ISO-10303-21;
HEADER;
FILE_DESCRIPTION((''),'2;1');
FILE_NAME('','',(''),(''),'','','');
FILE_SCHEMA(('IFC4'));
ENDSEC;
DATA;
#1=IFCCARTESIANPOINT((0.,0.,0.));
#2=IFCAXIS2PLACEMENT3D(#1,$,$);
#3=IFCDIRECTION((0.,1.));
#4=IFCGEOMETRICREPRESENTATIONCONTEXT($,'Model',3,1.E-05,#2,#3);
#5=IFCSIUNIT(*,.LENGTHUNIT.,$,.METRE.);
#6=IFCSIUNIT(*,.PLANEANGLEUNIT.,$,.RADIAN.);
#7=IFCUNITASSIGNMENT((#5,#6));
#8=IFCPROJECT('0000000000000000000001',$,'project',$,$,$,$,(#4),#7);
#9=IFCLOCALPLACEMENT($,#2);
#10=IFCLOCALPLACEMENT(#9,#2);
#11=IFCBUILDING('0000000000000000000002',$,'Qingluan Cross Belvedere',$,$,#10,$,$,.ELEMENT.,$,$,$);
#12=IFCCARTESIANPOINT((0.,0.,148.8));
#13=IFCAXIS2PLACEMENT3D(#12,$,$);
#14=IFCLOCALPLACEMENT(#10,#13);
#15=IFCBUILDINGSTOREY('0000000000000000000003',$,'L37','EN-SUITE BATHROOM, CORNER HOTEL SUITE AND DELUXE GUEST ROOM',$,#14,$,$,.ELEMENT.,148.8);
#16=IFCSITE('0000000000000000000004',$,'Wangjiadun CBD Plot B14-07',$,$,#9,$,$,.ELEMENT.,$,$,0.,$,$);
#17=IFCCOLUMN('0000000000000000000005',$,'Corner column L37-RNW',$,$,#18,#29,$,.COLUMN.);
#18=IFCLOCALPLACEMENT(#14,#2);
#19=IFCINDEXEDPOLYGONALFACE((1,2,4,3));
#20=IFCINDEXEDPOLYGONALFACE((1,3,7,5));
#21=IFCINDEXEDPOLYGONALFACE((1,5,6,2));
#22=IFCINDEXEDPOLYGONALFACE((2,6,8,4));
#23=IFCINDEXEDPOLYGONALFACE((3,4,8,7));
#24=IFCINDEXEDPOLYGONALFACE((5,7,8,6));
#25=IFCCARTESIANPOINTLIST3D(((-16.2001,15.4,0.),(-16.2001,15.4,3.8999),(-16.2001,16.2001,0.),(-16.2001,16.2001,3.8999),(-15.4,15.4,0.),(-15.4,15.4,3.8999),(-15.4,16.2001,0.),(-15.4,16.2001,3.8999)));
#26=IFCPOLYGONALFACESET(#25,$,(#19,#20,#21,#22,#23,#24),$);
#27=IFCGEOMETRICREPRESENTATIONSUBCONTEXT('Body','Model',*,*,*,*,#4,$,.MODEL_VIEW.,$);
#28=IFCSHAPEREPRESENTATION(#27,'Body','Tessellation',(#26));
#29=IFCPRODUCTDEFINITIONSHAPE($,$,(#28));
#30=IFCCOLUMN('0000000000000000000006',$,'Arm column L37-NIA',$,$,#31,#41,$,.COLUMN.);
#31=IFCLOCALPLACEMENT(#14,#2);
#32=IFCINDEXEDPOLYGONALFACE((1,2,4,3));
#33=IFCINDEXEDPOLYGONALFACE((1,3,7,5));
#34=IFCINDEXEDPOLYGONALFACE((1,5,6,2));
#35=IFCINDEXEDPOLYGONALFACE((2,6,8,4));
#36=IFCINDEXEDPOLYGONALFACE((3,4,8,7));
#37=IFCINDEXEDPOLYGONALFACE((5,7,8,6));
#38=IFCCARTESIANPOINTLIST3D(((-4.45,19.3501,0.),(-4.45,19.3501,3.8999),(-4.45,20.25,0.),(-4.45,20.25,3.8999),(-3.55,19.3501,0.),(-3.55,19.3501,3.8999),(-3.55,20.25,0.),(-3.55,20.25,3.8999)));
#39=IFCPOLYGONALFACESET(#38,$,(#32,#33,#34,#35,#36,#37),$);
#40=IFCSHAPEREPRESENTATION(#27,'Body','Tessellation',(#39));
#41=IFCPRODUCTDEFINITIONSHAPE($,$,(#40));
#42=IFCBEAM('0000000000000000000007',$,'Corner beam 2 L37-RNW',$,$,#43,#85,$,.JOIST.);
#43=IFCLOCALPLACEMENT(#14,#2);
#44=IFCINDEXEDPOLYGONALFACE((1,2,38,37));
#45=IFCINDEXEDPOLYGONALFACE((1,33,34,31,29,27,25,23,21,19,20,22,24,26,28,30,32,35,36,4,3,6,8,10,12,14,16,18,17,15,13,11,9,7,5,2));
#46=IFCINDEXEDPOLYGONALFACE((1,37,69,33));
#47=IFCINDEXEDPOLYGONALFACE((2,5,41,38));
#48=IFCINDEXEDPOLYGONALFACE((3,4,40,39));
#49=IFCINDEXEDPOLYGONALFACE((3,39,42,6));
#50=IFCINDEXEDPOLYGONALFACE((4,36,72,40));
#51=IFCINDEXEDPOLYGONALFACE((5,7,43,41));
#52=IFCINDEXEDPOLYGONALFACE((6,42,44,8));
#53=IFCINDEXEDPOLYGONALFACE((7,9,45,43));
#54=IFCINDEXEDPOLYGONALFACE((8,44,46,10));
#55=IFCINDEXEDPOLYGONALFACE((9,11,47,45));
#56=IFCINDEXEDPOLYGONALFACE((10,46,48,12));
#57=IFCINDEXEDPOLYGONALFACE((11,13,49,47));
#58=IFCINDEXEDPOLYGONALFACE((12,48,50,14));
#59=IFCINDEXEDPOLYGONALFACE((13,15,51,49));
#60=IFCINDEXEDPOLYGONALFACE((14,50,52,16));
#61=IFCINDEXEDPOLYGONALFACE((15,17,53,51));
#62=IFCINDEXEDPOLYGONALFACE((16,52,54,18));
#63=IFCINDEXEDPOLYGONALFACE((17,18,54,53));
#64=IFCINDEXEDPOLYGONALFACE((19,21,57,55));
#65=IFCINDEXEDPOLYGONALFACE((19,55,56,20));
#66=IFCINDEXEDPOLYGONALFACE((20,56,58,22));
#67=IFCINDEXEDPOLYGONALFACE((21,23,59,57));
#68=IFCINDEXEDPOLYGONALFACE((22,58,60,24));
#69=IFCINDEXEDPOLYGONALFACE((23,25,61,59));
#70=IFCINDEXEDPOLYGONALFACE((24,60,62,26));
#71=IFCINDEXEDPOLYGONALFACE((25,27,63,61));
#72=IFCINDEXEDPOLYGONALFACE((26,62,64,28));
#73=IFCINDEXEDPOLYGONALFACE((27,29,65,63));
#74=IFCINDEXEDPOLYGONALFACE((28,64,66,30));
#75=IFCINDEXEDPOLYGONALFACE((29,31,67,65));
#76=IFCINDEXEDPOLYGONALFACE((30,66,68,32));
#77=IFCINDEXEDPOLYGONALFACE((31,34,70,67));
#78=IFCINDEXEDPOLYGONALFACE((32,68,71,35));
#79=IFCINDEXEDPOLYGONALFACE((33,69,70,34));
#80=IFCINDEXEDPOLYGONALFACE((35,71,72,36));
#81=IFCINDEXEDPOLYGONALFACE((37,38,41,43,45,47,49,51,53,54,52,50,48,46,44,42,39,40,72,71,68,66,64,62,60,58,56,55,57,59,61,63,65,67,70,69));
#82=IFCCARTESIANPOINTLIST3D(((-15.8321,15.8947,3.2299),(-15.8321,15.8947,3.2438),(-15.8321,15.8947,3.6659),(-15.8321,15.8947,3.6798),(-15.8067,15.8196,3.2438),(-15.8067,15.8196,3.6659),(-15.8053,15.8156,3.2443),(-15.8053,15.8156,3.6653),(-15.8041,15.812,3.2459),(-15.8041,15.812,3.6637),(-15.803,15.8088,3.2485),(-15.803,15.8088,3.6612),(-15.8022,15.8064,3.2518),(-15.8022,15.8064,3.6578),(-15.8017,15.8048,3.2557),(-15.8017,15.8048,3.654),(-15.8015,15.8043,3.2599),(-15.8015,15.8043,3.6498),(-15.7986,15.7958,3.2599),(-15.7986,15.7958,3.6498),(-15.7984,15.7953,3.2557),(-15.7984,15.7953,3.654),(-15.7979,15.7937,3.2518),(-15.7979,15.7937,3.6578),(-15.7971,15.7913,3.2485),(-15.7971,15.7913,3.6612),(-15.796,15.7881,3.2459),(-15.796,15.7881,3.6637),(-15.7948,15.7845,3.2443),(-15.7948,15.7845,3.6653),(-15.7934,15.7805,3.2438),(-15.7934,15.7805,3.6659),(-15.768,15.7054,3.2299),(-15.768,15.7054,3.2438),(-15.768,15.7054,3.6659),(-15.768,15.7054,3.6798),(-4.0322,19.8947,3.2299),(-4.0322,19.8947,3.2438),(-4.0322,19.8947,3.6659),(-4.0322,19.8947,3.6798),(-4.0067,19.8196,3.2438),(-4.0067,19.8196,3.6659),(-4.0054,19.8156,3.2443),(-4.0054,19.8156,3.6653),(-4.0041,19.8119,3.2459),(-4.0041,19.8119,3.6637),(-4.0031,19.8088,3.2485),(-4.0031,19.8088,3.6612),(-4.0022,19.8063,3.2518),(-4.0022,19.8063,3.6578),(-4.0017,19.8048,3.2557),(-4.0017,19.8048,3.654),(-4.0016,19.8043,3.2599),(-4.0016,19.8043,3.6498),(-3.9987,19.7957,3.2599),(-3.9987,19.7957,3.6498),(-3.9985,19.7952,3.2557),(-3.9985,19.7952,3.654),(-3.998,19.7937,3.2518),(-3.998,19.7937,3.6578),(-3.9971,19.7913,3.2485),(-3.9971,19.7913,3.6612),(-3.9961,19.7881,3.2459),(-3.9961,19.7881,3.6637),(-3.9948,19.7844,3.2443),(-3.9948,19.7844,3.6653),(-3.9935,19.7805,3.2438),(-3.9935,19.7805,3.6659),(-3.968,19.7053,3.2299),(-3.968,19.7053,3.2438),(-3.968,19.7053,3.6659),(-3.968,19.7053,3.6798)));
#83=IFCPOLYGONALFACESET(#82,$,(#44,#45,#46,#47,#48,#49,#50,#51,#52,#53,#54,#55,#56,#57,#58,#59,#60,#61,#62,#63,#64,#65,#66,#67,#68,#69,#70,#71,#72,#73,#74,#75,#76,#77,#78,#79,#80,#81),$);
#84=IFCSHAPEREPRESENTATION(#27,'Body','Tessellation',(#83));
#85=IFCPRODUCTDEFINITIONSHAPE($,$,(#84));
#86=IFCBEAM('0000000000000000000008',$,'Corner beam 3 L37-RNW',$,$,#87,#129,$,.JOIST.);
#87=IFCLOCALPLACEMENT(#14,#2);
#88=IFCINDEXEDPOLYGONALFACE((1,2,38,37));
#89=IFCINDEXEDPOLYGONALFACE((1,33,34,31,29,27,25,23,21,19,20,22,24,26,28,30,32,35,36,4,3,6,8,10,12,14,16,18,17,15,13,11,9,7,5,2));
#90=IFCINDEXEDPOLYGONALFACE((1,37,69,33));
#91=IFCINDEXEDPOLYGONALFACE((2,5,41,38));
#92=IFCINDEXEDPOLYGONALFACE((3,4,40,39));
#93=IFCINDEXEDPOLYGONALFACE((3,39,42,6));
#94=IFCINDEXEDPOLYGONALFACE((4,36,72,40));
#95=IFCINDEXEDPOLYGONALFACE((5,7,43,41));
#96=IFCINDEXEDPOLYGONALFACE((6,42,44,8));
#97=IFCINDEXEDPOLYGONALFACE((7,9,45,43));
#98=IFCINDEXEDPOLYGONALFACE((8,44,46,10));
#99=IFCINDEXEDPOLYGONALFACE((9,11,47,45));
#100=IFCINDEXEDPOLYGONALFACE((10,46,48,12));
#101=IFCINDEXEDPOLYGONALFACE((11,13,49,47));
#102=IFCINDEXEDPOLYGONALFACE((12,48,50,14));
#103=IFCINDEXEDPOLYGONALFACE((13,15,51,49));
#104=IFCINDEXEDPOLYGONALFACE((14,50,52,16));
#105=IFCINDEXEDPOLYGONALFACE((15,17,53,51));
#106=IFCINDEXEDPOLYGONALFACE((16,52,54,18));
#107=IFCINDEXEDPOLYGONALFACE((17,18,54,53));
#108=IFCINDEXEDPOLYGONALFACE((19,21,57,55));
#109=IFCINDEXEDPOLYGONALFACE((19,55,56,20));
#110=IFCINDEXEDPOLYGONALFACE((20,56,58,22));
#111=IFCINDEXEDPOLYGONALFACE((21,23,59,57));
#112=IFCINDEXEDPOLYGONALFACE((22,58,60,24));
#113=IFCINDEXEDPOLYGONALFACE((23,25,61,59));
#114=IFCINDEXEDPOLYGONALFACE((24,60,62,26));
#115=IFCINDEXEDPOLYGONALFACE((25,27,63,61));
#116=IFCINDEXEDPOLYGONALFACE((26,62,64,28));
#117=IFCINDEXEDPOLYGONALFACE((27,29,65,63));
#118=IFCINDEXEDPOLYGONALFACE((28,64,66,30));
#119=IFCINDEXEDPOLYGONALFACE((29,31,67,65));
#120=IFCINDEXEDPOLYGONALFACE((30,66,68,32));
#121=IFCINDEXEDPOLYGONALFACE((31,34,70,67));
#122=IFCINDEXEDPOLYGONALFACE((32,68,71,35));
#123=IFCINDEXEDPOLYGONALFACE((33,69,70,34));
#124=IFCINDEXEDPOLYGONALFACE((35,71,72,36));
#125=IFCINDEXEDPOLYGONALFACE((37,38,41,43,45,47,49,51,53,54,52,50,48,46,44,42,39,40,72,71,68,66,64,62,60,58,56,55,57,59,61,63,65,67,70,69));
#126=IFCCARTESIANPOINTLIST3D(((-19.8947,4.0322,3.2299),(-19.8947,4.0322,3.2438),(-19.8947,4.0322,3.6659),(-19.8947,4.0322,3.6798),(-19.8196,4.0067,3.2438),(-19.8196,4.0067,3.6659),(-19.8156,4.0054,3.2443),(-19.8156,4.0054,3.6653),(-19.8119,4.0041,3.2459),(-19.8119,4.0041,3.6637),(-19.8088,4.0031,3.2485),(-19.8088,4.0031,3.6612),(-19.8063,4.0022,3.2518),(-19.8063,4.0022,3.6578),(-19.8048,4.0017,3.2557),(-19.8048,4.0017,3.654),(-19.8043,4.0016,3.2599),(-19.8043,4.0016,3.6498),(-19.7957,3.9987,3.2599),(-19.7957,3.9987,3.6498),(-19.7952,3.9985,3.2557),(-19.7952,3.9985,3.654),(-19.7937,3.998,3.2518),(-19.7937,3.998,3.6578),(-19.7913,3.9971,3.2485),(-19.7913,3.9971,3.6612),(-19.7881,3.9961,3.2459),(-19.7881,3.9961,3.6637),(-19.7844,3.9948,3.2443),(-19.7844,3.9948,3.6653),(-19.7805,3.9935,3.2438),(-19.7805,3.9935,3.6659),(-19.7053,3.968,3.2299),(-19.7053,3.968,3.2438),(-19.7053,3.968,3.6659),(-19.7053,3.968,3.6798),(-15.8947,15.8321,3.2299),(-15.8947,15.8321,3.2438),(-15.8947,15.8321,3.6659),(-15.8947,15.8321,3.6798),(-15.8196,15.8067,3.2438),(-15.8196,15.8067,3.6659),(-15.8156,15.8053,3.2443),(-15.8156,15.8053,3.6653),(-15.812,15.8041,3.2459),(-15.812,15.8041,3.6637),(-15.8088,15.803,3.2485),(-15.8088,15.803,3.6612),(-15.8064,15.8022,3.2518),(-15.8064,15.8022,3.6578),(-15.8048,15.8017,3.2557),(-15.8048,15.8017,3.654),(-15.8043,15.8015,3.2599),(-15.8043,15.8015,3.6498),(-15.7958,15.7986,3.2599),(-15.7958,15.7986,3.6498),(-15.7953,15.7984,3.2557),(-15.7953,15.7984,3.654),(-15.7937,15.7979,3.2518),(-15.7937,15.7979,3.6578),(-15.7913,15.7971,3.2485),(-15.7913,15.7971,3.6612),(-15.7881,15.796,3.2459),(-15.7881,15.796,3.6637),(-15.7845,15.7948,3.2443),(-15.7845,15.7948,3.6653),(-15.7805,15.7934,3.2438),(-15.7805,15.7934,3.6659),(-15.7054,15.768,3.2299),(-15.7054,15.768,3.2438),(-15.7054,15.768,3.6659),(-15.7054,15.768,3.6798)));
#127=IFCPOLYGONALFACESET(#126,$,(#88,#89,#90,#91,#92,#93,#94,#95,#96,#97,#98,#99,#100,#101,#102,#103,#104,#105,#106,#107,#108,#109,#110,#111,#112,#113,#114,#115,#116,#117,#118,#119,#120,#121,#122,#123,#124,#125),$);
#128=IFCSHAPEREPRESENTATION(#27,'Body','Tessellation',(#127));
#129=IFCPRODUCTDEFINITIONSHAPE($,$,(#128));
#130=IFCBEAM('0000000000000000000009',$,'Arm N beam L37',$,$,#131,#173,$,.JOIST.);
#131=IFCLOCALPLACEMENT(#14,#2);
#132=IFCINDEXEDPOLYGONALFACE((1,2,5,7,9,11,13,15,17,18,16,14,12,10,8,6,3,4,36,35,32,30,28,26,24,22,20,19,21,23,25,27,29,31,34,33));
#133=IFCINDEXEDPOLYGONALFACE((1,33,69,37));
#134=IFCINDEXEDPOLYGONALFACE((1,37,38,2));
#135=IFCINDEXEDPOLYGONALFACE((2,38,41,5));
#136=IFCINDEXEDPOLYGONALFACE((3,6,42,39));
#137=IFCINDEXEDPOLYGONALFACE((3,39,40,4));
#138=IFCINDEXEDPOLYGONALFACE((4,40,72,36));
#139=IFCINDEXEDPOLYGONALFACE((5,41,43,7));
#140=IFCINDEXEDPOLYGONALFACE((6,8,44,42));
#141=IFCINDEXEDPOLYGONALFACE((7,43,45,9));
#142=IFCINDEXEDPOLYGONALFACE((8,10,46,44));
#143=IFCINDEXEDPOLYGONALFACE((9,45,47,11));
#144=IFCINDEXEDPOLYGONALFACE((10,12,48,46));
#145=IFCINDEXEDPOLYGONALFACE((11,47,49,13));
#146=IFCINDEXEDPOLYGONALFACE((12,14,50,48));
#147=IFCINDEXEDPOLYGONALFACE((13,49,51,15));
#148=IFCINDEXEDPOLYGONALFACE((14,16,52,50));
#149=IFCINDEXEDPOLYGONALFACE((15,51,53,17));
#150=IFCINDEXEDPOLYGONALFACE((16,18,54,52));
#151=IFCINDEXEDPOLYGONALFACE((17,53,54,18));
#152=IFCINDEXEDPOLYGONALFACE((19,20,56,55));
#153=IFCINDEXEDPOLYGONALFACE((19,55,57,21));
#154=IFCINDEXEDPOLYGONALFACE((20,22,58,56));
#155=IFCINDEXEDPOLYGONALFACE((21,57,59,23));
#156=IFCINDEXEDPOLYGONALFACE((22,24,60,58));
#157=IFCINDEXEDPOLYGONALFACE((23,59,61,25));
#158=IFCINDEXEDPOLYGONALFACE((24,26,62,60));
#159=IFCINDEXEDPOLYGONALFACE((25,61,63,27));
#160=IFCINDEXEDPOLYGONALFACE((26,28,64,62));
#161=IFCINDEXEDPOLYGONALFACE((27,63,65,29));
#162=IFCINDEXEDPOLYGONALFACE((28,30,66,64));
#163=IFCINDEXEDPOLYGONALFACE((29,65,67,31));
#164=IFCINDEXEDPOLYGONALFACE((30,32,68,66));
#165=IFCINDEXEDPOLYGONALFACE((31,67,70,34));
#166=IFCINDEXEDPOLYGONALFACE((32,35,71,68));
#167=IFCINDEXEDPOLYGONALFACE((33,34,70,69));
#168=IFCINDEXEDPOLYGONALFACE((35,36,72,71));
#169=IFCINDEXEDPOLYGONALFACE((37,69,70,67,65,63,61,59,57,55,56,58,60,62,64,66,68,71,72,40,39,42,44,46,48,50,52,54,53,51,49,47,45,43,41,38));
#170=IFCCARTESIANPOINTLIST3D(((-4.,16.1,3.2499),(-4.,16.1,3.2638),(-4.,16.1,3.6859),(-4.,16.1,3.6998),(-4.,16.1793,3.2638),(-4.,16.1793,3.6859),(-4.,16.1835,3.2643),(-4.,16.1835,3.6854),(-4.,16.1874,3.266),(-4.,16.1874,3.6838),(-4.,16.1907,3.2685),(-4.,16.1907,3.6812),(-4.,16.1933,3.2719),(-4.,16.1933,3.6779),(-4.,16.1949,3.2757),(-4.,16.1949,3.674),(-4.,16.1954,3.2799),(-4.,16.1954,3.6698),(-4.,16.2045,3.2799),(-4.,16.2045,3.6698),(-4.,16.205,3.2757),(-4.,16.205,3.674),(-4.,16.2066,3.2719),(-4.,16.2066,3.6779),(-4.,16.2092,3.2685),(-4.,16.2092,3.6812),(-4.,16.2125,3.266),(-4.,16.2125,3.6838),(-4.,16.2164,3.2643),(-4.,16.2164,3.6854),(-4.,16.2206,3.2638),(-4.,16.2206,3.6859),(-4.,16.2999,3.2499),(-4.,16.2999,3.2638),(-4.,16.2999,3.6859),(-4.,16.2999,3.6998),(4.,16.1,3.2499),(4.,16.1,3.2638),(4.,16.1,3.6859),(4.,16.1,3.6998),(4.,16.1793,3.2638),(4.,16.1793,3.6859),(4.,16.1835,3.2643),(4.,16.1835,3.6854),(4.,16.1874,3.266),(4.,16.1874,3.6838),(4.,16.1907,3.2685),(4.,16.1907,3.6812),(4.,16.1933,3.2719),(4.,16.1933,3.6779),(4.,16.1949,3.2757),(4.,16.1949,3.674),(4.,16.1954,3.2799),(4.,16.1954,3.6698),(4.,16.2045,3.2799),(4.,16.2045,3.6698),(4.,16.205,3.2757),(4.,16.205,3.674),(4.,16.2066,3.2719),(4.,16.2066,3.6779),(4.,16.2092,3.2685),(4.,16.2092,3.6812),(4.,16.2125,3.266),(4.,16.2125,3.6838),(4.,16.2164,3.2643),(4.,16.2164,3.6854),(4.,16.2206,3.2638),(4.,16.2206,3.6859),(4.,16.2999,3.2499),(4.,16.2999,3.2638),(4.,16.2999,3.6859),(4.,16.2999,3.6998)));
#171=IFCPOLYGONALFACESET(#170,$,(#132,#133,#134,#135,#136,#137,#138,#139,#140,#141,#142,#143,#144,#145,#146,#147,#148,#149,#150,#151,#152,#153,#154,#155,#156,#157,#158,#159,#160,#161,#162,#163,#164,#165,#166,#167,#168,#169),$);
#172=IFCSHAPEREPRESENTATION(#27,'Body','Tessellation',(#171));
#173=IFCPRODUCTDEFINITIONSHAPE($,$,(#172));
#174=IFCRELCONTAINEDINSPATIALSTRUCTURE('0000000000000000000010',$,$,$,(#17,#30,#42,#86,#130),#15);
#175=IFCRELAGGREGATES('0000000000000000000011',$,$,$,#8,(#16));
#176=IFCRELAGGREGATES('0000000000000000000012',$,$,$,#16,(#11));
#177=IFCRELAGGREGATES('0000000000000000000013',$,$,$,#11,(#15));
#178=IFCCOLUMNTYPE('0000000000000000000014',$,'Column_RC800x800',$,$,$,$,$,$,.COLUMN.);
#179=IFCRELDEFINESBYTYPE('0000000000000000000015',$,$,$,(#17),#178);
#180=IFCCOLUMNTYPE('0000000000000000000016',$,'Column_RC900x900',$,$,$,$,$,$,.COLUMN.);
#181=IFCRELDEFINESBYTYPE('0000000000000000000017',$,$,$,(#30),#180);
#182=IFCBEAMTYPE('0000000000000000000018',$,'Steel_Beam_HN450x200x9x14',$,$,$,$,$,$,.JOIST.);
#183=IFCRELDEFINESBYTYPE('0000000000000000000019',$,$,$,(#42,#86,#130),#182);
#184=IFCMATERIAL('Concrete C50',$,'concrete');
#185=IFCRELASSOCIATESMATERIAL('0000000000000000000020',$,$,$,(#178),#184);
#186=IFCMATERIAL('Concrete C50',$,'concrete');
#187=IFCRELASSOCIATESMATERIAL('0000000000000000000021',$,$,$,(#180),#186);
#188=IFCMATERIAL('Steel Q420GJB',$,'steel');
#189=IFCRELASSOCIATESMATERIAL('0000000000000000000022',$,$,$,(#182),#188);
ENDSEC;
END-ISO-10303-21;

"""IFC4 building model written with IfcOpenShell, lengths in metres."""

from ifc_helpers import new_model, si_unit, direction, frame, origin, origin_2d, place, context, subcontext, project, spatial, rectangle, i_section, extrude, material, material_profile, profile_set, type_object, element, save


model = new_model("IFC4")

# Units and contexts
model_context = context("Model", 3, precision=1e-05, world=origin(), true_north=direction((0.0, 1.0)))
body_context = subcontext(model_context, "Body", "Model", "MODEL_VIEW")
ifc_project = project(units=[si_unit("LENGTHUNIT", "METRE"), si_unit("PLANEANGLEUNIT", "RADIAN")], contexts=[model_context])

# Site, building, storey
site_placement = place(None, origin())
site = spatial("IfcSite", under=ifc_project, at=site_placement, Name="Wangjiadun CBD Plot B14-07", CompositionType="ELEMENT", RefElevation=0.0)
building_placement = place(site_placement, origin())
building = spatial("IfcBuilding", under=site, at=building_placement, Name="Qingluan Cross Belvedere", CompositionType="ELEMENT")
storey_placement = place(building_placement, frame((0.0, 0.0, 148.8)))
storey = spatial("IfcBuildingStorey", under=building, at=storey_placement, Name="L37", Description="EN-SUITE BATHROOM, CORNER HOTEL SUITE AND DELUXE GUEST ROOM", CompositionType="ELEMENT", Elevation=148.8)

# Columns
ifc_material_1 = material(Name="Concrete C50", Category="concrete")
ifc_material_profile_1 = material_profile(ifc_material_1, rectangle(XDim=0.8, YDim=0.8, at=origin_2d()), Name="RC800x800")
ifc_profile_set_1 = profile_set([ifc_material_profile_1], Name="Concrete C50")
column_type_1 = type_object("IfcColumnType", Name="Column_RC800x800", PredefinedType="COLUMN", material=ifc_profile_set_1)
column_1_placement = place(storey_placement, frame((-15.8, 15.8, 0.0), z_axis=(0.0, 0.0, 1.0), x_axis=(1.0, 0.0, 0.0)))
element("IfcColumn", 1, at=column_1_placement, inside=storey, type_object=column_type_1, Name="Corner column L37-RNW", PredefinedType="COLUMN", context=body_context, shape_type="SweptSolid", body=[
    extrude(rectangle(XDim=0.8, YDim=0.8, at=origin_2d()), origin(), (0.0, 0.0, 1.0), 3.8999),
])
ifc_material_2 = material(Name="Concrete C50", Category="concrete")
ifc_material_profile_2 = material_profile(ifc_material_2, rectangle(XDim=0.8999, YDim=0.8999, at=origin_2d()), Name="RC900x900")
ifc_profile_set_2 = profile_set([ifc_material_profile_2], Name="Concrete C50")
column_type_2 = type_object("IfcColumnType", Name="Column_RC900x900", PredefinedType="COLUMN", material=ifc_profile_set_2)
column_2_placement = place(storey_placement, frame((-4.0, 19.8, 0.0), z_axis=(0.0, 0.0, 1.0), x_axis=(1.0, 0.0, 0.0)))
element("IfcColumn", 2, at=column_2_placement, inside=storey, type_object=column_type_2, Name="Arm column L37-NIA", PredefinedType="COLUMN", context=body_context, shape_type="SweptSolid", body=[
    extrude(rectangle(XDim=0.8999, YDim=0.8999, at=origin_2d()), origin(), (0.0, 0.0, 1.0), 3.8999),
])

# Beams
ifc_material_3 = material(Name="Steel Q420GJB", Category="steel")
ifc_material_profile_3 = material_profile(ifc_material_3, i_section(OverallWidth=0.2, OverallDepth=0.45, WebThickness=0.009, FlangeThickness=0.0139, FilletRadius=0.0161, at=origin_2d()), Name="HN450x200x9x14")
ifc_profile_set_3 = profile_set([ifc_material_profile_3], Name="Steel Q420GJB")
beam_type_1 = type_object("IfcBeamType", Name="Steel_Beam_HN450x200x9x14", PredefinedType="JOIST", material=ifc_profile_set_3)
for number, where, z_axis, x_axis, name in (
    (3, (-15.8, 15.8, 3.4548), (0.947066, 0.321038, 0.0), (-0.321038, 0.947066, 0.0), "Corner beam 2 L37-RNW"),
    (4, (-15.8, 15.8, 3.4548), (-0.321038, -0.947066, 0.0), (0.947066, -0.321038, 0.0), "Corner beam 3 L37-RNW"),
):
    element("IfcBeam", number, at=place(storey_placement, frame(where, z_axis=z_axis, x_axis=x_axis)), inside=storey, type_object=beam_type_1, Name=name, PredefinedType="JOIST", context=body_context, shape_type="SweptSolid", body=[
        extrude(i_section(OverallWidth=0.2, OverallDepth=0.45, WebThickness=0.009, FlangeThickness=0.0139, FilletRadius=0.0161, at=origin_2d()), origin(), (0.0, 0.0, 1.0), 12.4595),
    ])
beam_1_placement = place(storey_placement, frame((-4.0, 16.2, 3.4749), z_axis=(1.0, 0.0, 0.0), x_axis=(0.0, 1.0, 0.0)))
element("IfcBeam", 5, at=beam_1_placement, inside=storey, type_object=beam_type_1, Name="Arm N beam L37", PredefinedType="JOIST", context=body_context, shape_type="SweptSolid", body=[
    extrude(i_section(OverallWidth=0.2, OverallDepth=0.45, WebThickness=0.009, FlangeThickness=0.0139, FilletRadius=0.0161, at=origin_2d()), origin(), (0.0, 0.0, 1.0), 8.0),
])

save(model, "model.ifc")
